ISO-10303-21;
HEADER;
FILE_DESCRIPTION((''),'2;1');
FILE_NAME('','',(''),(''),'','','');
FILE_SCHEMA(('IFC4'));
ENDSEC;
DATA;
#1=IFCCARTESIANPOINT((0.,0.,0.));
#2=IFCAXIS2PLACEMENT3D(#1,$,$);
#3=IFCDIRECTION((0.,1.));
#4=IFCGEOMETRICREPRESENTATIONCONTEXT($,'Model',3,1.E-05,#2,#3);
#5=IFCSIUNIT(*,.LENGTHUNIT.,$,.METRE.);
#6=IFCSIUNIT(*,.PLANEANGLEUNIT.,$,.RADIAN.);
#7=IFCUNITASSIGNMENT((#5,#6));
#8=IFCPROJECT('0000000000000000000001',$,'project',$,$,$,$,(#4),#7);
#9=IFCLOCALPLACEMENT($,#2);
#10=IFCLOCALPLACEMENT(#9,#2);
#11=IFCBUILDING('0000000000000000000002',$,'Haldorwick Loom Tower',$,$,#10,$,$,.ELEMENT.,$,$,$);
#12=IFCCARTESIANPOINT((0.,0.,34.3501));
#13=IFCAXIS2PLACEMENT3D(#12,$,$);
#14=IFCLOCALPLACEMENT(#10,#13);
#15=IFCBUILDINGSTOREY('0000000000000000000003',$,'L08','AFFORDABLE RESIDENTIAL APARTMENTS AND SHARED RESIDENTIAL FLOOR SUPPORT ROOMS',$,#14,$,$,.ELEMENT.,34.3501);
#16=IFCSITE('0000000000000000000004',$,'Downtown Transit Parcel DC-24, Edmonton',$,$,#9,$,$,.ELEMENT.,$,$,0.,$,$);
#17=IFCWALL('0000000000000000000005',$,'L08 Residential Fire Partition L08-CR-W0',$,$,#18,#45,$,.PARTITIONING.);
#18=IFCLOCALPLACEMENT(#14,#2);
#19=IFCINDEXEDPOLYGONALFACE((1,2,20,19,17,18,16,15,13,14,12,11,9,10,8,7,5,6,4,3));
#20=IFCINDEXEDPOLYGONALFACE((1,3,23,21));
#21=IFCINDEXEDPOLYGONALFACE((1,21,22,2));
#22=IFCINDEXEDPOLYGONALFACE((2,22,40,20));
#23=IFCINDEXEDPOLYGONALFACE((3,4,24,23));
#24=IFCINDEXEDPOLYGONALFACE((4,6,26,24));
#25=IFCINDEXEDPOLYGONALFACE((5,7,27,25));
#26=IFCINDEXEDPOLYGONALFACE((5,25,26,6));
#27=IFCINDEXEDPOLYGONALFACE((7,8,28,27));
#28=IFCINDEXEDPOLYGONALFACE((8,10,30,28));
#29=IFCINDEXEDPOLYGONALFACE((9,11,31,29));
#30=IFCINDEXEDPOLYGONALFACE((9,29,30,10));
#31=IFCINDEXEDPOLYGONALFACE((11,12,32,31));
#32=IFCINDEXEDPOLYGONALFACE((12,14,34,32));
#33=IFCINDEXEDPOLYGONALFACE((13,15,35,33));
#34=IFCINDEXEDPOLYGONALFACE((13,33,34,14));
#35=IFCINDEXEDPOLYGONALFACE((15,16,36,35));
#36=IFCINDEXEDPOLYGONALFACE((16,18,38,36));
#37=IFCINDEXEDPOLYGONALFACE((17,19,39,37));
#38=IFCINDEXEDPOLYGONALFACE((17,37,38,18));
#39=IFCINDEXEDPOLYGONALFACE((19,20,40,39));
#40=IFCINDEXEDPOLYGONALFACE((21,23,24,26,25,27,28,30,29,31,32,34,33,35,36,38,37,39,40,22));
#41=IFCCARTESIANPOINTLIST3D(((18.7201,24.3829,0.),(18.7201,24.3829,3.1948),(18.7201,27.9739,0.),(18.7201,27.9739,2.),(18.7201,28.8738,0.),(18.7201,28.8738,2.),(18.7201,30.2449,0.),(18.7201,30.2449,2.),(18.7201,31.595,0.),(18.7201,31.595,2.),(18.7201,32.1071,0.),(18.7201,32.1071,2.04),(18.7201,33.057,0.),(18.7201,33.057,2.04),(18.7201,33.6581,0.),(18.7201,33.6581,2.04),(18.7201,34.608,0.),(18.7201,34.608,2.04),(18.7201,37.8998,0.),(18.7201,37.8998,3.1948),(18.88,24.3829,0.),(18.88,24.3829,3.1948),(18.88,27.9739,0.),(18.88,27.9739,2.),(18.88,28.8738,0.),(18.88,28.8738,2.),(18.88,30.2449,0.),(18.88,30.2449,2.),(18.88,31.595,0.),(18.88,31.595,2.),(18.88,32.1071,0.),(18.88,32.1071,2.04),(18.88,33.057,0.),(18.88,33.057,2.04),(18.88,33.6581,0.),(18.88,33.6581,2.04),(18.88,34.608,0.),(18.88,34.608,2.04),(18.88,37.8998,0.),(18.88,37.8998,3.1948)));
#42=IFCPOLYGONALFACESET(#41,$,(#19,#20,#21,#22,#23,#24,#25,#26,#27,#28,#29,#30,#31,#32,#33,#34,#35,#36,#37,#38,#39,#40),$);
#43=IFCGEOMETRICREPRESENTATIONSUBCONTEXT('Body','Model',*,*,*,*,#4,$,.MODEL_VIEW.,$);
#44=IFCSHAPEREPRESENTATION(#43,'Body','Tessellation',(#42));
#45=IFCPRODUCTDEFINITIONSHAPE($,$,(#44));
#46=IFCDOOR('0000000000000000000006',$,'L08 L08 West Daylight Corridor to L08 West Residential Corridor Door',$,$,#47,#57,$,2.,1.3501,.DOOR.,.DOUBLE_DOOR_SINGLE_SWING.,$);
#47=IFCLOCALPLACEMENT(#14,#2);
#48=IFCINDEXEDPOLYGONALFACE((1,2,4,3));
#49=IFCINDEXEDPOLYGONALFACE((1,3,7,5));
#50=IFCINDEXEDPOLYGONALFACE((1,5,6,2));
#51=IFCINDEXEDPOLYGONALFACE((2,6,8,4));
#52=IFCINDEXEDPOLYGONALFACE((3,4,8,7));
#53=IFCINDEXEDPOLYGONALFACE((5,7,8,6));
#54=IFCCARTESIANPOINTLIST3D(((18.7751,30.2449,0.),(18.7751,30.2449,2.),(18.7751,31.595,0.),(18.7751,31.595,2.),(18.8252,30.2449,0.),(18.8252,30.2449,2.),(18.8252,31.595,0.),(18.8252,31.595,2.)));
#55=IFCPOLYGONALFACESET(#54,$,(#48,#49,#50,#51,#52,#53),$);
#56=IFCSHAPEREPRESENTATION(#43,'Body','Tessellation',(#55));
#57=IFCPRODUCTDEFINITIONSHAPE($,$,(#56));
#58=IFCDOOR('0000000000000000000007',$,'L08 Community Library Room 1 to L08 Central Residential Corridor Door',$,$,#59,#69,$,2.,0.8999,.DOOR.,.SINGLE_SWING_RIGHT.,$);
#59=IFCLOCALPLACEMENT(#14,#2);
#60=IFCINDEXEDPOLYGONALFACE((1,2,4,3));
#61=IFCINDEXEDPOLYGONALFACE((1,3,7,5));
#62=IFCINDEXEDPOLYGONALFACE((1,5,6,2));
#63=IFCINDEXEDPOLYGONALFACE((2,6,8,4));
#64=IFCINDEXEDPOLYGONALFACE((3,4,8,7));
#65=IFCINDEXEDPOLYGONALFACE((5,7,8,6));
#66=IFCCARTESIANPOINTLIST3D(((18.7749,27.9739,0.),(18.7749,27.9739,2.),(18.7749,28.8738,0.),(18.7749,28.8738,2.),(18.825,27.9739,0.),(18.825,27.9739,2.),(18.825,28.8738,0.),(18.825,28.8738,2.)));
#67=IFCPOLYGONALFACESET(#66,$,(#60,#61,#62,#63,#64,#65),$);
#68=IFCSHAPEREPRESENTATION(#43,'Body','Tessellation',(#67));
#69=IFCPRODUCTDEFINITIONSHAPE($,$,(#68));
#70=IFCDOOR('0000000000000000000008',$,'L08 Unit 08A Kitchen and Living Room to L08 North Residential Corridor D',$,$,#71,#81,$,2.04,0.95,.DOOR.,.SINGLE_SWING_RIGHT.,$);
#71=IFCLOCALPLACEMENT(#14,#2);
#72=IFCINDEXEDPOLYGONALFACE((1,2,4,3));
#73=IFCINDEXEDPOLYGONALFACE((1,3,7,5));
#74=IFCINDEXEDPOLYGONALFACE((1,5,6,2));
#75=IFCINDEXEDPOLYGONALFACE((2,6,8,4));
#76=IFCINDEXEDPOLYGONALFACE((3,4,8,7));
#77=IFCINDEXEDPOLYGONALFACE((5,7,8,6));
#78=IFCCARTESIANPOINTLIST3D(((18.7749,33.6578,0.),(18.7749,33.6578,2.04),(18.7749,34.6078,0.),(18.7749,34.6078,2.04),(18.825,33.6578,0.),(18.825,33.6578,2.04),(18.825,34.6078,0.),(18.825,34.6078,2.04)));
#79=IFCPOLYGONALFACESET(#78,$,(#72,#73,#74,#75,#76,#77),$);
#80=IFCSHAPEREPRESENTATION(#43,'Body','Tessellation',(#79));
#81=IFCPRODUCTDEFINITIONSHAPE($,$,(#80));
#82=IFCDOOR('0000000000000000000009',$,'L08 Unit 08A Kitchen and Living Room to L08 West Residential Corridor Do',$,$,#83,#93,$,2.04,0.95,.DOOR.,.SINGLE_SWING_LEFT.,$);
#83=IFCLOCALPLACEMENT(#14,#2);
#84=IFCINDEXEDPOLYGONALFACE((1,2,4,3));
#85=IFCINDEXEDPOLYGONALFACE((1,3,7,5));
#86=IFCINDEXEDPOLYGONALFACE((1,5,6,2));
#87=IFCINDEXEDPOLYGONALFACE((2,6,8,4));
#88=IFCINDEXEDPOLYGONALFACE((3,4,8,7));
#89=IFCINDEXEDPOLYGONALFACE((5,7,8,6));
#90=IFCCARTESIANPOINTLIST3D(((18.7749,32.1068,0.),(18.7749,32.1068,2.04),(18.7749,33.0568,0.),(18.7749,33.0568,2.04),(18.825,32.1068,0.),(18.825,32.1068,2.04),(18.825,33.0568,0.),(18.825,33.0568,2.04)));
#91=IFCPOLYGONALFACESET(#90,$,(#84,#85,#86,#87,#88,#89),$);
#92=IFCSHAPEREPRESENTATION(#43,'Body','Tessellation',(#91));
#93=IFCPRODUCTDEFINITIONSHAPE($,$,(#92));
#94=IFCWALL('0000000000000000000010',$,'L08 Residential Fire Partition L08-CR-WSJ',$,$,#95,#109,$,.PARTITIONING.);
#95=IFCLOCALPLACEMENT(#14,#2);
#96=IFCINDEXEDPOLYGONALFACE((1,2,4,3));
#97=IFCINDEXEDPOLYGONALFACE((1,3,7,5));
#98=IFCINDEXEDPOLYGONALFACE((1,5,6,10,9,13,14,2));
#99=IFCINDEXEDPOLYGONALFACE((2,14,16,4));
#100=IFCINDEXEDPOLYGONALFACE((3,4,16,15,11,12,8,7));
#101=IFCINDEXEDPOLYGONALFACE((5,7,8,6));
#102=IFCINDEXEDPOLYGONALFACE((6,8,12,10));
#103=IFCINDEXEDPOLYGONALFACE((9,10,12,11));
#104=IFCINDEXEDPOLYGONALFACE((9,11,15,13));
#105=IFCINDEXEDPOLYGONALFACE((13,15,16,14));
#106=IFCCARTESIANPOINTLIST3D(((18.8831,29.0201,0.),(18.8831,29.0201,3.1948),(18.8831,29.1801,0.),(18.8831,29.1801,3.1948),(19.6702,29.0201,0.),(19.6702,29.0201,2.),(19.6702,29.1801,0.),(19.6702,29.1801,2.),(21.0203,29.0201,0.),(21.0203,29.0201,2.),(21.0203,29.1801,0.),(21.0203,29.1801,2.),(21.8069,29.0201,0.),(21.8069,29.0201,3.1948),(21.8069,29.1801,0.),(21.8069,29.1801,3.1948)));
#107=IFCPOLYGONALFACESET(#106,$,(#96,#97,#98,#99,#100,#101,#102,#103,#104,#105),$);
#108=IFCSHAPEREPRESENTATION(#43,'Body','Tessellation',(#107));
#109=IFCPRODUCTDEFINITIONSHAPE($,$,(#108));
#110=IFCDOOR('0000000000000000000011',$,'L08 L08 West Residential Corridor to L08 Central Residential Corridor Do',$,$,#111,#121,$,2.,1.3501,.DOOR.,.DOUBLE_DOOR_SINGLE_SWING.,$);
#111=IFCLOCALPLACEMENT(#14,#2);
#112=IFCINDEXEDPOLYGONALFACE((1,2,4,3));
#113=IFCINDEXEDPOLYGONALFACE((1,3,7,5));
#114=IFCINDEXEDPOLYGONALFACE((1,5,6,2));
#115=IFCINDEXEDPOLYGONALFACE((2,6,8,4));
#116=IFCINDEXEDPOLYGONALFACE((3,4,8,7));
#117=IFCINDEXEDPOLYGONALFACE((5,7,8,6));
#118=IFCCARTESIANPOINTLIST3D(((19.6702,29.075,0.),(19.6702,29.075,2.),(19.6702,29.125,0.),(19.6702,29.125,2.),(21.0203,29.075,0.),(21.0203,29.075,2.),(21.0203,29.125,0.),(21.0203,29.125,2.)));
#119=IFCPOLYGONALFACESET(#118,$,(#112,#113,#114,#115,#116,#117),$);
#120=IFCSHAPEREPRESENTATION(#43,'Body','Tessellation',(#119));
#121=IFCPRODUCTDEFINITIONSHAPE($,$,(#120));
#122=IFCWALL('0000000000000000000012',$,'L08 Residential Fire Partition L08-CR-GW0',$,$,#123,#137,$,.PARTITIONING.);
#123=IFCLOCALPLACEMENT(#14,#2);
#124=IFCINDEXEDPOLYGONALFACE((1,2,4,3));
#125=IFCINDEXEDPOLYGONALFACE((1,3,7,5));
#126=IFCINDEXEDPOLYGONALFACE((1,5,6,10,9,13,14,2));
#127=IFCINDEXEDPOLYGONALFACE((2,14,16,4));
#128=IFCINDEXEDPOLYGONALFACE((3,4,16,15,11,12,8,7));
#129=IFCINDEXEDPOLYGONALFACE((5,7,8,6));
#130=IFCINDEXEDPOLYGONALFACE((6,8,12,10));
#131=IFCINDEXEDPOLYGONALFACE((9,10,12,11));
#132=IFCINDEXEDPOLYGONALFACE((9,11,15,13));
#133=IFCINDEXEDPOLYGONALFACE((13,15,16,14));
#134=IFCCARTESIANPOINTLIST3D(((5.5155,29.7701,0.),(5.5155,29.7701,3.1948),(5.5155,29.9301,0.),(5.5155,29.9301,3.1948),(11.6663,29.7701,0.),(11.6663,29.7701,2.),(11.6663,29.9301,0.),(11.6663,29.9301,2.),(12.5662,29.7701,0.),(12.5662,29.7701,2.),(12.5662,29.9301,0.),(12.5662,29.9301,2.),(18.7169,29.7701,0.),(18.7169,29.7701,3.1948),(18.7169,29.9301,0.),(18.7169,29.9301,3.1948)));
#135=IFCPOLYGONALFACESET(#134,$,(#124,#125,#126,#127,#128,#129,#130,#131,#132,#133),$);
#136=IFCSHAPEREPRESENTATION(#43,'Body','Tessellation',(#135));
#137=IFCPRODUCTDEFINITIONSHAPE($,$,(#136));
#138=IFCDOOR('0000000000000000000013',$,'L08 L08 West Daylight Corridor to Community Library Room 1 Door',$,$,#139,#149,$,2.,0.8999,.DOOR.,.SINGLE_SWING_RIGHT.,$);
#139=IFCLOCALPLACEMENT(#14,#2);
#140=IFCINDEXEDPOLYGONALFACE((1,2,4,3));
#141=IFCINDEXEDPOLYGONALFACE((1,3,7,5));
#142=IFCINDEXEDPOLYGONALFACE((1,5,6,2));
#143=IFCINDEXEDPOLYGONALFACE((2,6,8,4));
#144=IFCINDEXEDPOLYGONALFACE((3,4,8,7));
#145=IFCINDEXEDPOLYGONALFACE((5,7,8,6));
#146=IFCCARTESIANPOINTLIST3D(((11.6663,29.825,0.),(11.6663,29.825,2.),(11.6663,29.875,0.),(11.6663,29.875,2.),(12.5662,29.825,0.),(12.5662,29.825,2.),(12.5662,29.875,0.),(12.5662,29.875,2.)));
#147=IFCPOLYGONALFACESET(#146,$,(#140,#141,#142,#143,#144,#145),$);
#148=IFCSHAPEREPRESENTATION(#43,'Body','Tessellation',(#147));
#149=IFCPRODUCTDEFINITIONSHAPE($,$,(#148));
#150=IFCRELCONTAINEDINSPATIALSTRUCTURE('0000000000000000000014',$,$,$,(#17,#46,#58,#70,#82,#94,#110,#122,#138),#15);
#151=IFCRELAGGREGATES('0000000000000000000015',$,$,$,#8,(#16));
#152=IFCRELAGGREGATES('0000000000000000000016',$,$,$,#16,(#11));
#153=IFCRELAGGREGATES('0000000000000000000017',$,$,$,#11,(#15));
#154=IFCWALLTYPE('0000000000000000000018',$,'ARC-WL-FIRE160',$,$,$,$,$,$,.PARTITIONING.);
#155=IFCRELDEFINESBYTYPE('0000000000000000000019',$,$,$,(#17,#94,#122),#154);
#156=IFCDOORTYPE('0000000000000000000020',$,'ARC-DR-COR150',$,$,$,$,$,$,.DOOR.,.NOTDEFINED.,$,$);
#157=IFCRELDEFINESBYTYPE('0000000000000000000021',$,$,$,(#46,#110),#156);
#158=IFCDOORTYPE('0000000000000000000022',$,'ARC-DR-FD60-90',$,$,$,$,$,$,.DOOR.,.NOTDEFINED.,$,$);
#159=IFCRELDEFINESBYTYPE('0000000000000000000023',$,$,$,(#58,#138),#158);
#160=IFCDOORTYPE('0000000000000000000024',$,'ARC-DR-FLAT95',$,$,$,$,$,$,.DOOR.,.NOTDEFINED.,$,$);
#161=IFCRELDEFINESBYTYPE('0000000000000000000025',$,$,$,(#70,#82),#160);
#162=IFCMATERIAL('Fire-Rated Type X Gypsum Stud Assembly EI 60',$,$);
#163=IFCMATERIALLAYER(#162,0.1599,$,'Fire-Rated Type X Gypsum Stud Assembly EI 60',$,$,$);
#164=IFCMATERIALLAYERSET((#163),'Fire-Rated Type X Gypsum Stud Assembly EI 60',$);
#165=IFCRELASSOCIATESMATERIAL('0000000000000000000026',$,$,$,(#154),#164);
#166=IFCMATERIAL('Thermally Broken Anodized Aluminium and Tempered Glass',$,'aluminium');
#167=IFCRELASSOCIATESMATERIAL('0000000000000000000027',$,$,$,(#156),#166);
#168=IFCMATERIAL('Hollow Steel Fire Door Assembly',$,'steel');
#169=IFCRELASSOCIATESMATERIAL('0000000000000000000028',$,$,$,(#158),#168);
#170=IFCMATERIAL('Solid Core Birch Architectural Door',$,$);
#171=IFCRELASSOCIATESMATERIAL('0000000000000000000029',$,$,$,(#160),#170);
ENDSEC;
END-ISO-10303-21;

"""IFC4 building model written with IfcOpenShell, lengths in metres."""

from ifc_helpers import new_model, si_unit, direction, frame, frame_2d, origin, place, context, subcontext, project, spatial, rectangle, extrude, material, layer, layer_set, type_object, element, fill, save


model = new_model("IFC4")

# Units and contexts
model_context = context("Model", 3, precision=1e-05, world=origin(), true_north=direction((0.0, 1.0)))
body_context = subcontext(model_context, "Body", "Model", "MODEL_VIEW")
ifc_project = project(units=[si_unit("LENGTHUNIT", "METRE"), si_unit("PLANEANGLEUNIT", "RADIAN")], contexts=[model_context])

# Site, building, storey
site_placement = place(None, origin())
site = spatial("IfcSite", under=ifc_project, at=site_placement, Name="Downtown Transit Parcel DC-24, Edmonton", CompositionType="ELEMENT", RefElevation=0.0)
building_placement = place(site_placement, origin())
building = spatial("IfcBuilding", under=site, at=building_placement, Name="Haldorwick Loom Tower", CompositionType="ELEMENT")
storey_placement = place(building_placement, frame((0.0, 0.0, 34.3501)))
storey = spatial("IfcBuildingStorey", under=building, at=storey_placement, Name="L08", Description="AFFORDABLE RESIDENTIAL APARTMENTS AND SHARED RESIDENTIAL FLOOR SUPPORT ROOMS", CompositionType="ELEMENT", Elevation=34.3501)

# Wall, openings, doors
ifc_material_1 = material(Name="Fire-Rated Type X Gypsum Stud Assembly EI 60")
ifc_layer_1 = layer(ifc_material_1, 0.1599, Name="Fire-Rated Type X Gypsum Stud Assembly EI 60")
ifc_layer_set_1 = layer_set([ifc_layer_1], Name="Fire-Rated Type X Gypsum Stud Assembly EI 60")
wall_type_1 = type_object("IfcWallType", Name="ARC-WL-FIRE160", PredefinedType="PARTITIONING", material=ifc_layer_set_1)
wall_1_placement = place(storey_placement, frame((18.8, 24.3831, 0.0), z_axis=(0.0, 0.0, 1.0), x_axis=(0.0, 1.0, 0.0)))
wall_1 = element("IfcWall", 1, at=wall_1_placement, inside=storey, type_object=wall_type_1, Name="L08 Residential Fire Partition L08-CR-W0", PredefinedType="PARTITIONING", context=body_context, shape_type="SweptSolid", body=[
    extrude(rectangle(XDim=13.5168, YDim=0.1599, at=frame_2d((6.7583, 0.0))), origin(), (0.0, 0.0, 1.0), 3.1948),
])
opening_1_placement = place(wall_1_placement, frame((5.8618, 0.0, 0.0)))
opening_1 = element("IfcOpeningElement", 2, at=opening_1_placement, cuts=wall_1, PredefinedType="OPENING", context=body_context, shape_type="SweptSolid", body=[
    extrude(rectangle(XDim=1.3501, YDim=2.0, at=frame_2d((0.675, 1.0))), frame((0.0, 0.0898, 0.0), z_axis=(0.0, -1.0, 0.0), x_axis=(1.0, 0.0, 0.0)), (0.0, 0.0, 1.0), 0.1799),
])
opening_2_placement = place(wall_1_placement, frame((3.5908, 0.0, 0.0)))
opening_2 = element("IfcOpeningElement", 3, at=opening_2_placement, cuts=wall_1, PredefinedType="OPENING", context=body_context, shape_type="SweptSolid", body=[
    extrude(rectangle(XDim=0.8999, YDim=2.0, at=frame_2d((0.45, 1.0))), frame((0.0, 0.0898, 0.0), z_axis=(0.0, -1.0, 0.0), x_axis=(1.0, 0.0, 0.0)), (0.0, 0.0, 1.0), 0.1799),
])
opening_3_placement = place(wall_1_placement, frame((9.2749, 0.0, 0.0)))
opening_3 = element("IfcOpeningElement", 4, at=opening_3_placement, cuts=wall_1, PredefinedType="OPENING", context=body_context, shape_type="SweptSolid", body=[
    extrude(rectangle(XDim=0.95, YDim=2.04, at=frame_2d((0.4751, 1.02))), frame((0.0, 0.0898, 0.0), z_axis=(0.0, -1.0, 0.0), x_axis=(1.0, 0.0, 0.0)), (0.0, 0.0, 1.0), 0.1799),
])
opening_4_placement = place(wall_1_placement, frame((7.7239, 0.0, 0.0)))
opening_4 = element("IfcOpeningElement", 5, at=opening_4_placement, cuts=wall_1, PredefinedType="OPENING", context=body_context, shape_type="SweptSolid", body=[
    extrude(rectangle(XDim=0.95, YDim=2.04, at=frame_2d((0.4751, 1.02))), frame((0.0, 0.0898, 0.0), z_axis=(0.0, -1.0, 0.0), x_axis=(1.0, 0.0, 0.0)), (0.0, 0.0, 1.0), 0.1799),
])
ifc_material_2 = material(Name="Thermally Broken Anodized Aluminium and Tempered Glass", Category="aluminium")
door_type_1 = type_object("IfcDoorType", Name="ARC-DR-COR150", OperationType="NOTDEFINED", PredefinedType="DOOR", material=ifc_material_2)
door_1_placement = place(opening_1_placement, origin())
door_1 = element("IfcDoor", 6, at=door_1_placement, inside=storey, type_object=door_type_1, Name="L08 L08 West Daylight Corridor to L08 West Residential Corridor Door", OperationType="DOUBLE_DOOR_SINGLE_SWING", OverallHeight=2.0, OverallWidth=1.3501, PredefinedType="DOOR", context=body_context, shape_type="SweptSolid", body=[
    extrude(rectangle(XDim=1.3501, YDim=2.0, at=frame_2d((0.675, 1.0))), frame((0.0, 0.0249, 0.0), z_axis=(0.0, -1.0, 0.0), x_axis=(1.0, 0.0, 0.0)), (0.0, 0.0, 1.0), 0.05),
])
fill(opening_1, door_1)
ifc_material_3 = material(Name="Hollow Steel Fire Door Assembly", Category="steel")
door_type_2 = type_object("IfcDoorType", Name="ARC-DR-FD60-90", OperationType="NOTDEFINED", PredefinedType="DOOR", material=ifc_material_3)
door_2_placement = place(opening_2_placement, frame((0.8999, 0.0, 0.0), z_axis=(0.0, 0.0, 1.0), x_axis=(-1.0, 0.0, 0.0)))
door_2 = element("IfcDoor", 7, at=door_2_placement, inside=storey, type_object=door_type_2, Name="L08 Community Library Room 1 to L08 Central Residential Corridor Door", OperationType="SINGLE_SWING_RIGHT", OverallHeight=2.0, OverallWidth=0.8999, PredefinedType="DOOR", context=body_context, shape_type="SweptSolid", body=[
    extrude(rectangle(XDim=0.8999, YDim=2.0, at=frame_2d((0.45, 1.0))), frame((0.0, 0.0249, 0.0), z_axis=(0.0, -1.0, 0.0), x_axis=(1.0, 0.0, 0.0)), (0.0, 0.0, 1.0), 0.05),
])
fill(opening_2, door_2)
ifc_material_4 = material(Name="Solid Core Birch Architectural Door")
door_type_3 = type_object("IfcDoorType", Name="ARC-DR-FLAT95", OperationType="NOTDEFINED", PredefinedType="DOOR", material=ifc_material_4)
door_3_placement = place(opening_3_placement, frame((0.95, 0.0, 0.0), z_axis=(0.0, 0.0, 1.0), x_axis=(-1.0, 0.0, 0.0)))
door_3 = element("IfcDoor", 8, at=door_3_placement, inside=storey, type_object=door_type_3, Name="L08 Unit 08A Kitchen and Living Room to L08 North Residential Corridor D", OperationType="SINGLE_SWING_RIGHT", OverallHeight=2.04, OverallWidth=0.95, PredefinedType="DOOR", context=body_context, shape_type="SweptSolid", body=[
    extrude(rectangle(XDim=0.95, YDim=2.04, at=frame_2d((0.4751, 1.02))), frame((0.0, 0.0249, 0.0), z_axis=(0.0, -1.0, 0.0), x_axis=(1.0, 0.0, 0.0)), (0.0, 0.0, 1.0), 0.05),
])
fill(opening_3, door_3)
door_4_placement = place(opening_4_placement, frame((0.95, 0.0, 0.0), z_axis=(0.0, 0.0, 1.0), x_axis=(-1.0, 0.0, 0.0)))
door_4 = element("IfcDoor", 9, at=door_4_placement, inside=storey, type_object=door_type_3, Name="L08 Unit 08A Kitchen and Living Room to L08 West Residential Corridor Do", OperationType="SINGLE_SWING_LEFT", OverallHeight=2.04, OverallWidth=0.95, PredefinedType="DOOR", context=body_context, shape_type="SweptSolid", body=[
    extrude(rectangle(XDim=0.95, YDim=2.04, at=frame_2d((0.4751, 1.02))), frame((0.0, 0.0249, 0.0), z_axis=(0.0, -1.0, 0.0), x_axis=(1.0, 0.0, 0.0)), (0.0, 0.0, 1.0), 0.05),
])
fill(opening_4, door_4)

# Walls, openings, doors
wall_2_placement = place(storey_placement, frame((18.8831, 29.1001, 0.0), z_axis=(0.0, 0.0, 1.0), x_axis=(1.0, 0.0, 0.0)))
wall_2 = element("IfcWall", 10, at=wall_2_placement, inside=storey, type_object=wall_type_1, Name="L08 Residential Fire Partition L08-CR-WSJ", PredefinedType="PARTITIONING", context=body_context, shape_type="SweptSolid", body=[
    extrude(rectangle(XDim=2.9238, YDim=0.1599, at=frame_2d((1.4619, 0.0))), origin(), (0.0, 0.0, 1.0), 3.1948),
])
opening_5_placement = place(wall_2_placement, frame((0.7871, 0.0, 0.0)))
opening_5 = element("IfcOpeningElement", 11, at=opening_5_placement, cuts=wall_2, PredefinedType="OPENING", context=body_context, shape_type="SweptSolid", body=[
    extrude(rectangle(XDim=1.3501, YDim=2.0, at=frame_2d((0.675, 1.0))), frame((0.0, 0.0898, 0.0), z_axis=(0.0, -1.0, 0.0), x_axis=(1.0, 0.0, 0.0)), (0.0, 0.0, 1.0), 0.1799),
])
door_5_placement = place(opening_5_placement, origin())
door_5 = element("IfcDoor", 12, at=door_5_placement, inside=storey, type_object=door_type_1, Name="L08 L08 West Residential Corridor to L08 Central Residential Corridor Do", OperationType="DOUBLE_DOOR_SINGLE_SWING", OverallHeight=2.0, OverallWidth=1.3501, PredefinedType="DOOR", context=body_context, shape_type="SweptSolid", body=[
    extrude(rectangle(XDim=1.3501, YDim=2.0, at=frame_2d((0.675, 1.0))), frame((0.0, 0.0249, 0.0), z_axis=(0.0, -1.0, 0.0), x_axis=(1.0, 0.0, 0.0)), (0.0, 0.0, 1.0), 0.05),
])
fill(opening_5, door_5)
wall_3_placement = place(storey_placement, frame((5.5156, 29.8501, 0.0), z_axis=(0.0, 0.0, 1.0), x_axis=(1.0, 0.0, 0.0)))
wall_3 = element("IfcWall", 13, at=wall_3_placement, inside=storey, type_object=wall_type_1, Name="L08 Residential Fire Partition L08-CR-GW0", PredefinedType="PARTITIONING", context=body_context, shape_type="SweptSolid", body=[
    extrude(rectangle(XDim=13.2014, YDim=0.1599, at=frame_2d((6.6006, 0.0))), origin(), (0.0, 0.0, 1.0), 3.1948),
])
opening_6_placement = place(wall_3_placement, frame((6.1506, 0.0, 0.0)))
opening_6 = element("IfcOpeningElement", 14, at=opening_6_placement, cuts=wall_3, PredefinedType="OPENING", context=body_context, shape_type="SweptSolid", body=[
    extrude(rectangle(XDim=0.8999, YDim=2.0, at=frame_2d((0.45, 1.0))), frame((0.0, 0.0898, 0.0), z_axis=(0.0, -1.0, 0.0), x_axis=(1.0, 0.0, 0.0)), (0.0, 0.0, 1.0), 0.1799),
])
door_6_placement = place(opening_6_placement, origin())
door_6 = element("IfcDoor", 15, at=door_6_placement, inside=storey, type_object=door_type_2, Name="L08 L08 West Daylight Corridor to Community Library Room 1 Door", OperationType="SINGLE_SWING_RIGHT", OverallHeight=2.0, OverallWidth=0.8999, PredefinedType="DOOR", context=body_context, shape_type="SweptSolid", body=[
    extrude(rectangle(XDim=0.8999, YDim=2.0, at=frame_2d((0.45, 1.0))), frame((0.0, 0.0249, 0.0), z_axis=(0.0, -1.0, 0.0), x_axis=(1.0, 0.0, 0.0)), (0.0, 0.0, 1.0), 0.05),
])
fill(opening_6, door_6)

save(model, "model.ifc")
